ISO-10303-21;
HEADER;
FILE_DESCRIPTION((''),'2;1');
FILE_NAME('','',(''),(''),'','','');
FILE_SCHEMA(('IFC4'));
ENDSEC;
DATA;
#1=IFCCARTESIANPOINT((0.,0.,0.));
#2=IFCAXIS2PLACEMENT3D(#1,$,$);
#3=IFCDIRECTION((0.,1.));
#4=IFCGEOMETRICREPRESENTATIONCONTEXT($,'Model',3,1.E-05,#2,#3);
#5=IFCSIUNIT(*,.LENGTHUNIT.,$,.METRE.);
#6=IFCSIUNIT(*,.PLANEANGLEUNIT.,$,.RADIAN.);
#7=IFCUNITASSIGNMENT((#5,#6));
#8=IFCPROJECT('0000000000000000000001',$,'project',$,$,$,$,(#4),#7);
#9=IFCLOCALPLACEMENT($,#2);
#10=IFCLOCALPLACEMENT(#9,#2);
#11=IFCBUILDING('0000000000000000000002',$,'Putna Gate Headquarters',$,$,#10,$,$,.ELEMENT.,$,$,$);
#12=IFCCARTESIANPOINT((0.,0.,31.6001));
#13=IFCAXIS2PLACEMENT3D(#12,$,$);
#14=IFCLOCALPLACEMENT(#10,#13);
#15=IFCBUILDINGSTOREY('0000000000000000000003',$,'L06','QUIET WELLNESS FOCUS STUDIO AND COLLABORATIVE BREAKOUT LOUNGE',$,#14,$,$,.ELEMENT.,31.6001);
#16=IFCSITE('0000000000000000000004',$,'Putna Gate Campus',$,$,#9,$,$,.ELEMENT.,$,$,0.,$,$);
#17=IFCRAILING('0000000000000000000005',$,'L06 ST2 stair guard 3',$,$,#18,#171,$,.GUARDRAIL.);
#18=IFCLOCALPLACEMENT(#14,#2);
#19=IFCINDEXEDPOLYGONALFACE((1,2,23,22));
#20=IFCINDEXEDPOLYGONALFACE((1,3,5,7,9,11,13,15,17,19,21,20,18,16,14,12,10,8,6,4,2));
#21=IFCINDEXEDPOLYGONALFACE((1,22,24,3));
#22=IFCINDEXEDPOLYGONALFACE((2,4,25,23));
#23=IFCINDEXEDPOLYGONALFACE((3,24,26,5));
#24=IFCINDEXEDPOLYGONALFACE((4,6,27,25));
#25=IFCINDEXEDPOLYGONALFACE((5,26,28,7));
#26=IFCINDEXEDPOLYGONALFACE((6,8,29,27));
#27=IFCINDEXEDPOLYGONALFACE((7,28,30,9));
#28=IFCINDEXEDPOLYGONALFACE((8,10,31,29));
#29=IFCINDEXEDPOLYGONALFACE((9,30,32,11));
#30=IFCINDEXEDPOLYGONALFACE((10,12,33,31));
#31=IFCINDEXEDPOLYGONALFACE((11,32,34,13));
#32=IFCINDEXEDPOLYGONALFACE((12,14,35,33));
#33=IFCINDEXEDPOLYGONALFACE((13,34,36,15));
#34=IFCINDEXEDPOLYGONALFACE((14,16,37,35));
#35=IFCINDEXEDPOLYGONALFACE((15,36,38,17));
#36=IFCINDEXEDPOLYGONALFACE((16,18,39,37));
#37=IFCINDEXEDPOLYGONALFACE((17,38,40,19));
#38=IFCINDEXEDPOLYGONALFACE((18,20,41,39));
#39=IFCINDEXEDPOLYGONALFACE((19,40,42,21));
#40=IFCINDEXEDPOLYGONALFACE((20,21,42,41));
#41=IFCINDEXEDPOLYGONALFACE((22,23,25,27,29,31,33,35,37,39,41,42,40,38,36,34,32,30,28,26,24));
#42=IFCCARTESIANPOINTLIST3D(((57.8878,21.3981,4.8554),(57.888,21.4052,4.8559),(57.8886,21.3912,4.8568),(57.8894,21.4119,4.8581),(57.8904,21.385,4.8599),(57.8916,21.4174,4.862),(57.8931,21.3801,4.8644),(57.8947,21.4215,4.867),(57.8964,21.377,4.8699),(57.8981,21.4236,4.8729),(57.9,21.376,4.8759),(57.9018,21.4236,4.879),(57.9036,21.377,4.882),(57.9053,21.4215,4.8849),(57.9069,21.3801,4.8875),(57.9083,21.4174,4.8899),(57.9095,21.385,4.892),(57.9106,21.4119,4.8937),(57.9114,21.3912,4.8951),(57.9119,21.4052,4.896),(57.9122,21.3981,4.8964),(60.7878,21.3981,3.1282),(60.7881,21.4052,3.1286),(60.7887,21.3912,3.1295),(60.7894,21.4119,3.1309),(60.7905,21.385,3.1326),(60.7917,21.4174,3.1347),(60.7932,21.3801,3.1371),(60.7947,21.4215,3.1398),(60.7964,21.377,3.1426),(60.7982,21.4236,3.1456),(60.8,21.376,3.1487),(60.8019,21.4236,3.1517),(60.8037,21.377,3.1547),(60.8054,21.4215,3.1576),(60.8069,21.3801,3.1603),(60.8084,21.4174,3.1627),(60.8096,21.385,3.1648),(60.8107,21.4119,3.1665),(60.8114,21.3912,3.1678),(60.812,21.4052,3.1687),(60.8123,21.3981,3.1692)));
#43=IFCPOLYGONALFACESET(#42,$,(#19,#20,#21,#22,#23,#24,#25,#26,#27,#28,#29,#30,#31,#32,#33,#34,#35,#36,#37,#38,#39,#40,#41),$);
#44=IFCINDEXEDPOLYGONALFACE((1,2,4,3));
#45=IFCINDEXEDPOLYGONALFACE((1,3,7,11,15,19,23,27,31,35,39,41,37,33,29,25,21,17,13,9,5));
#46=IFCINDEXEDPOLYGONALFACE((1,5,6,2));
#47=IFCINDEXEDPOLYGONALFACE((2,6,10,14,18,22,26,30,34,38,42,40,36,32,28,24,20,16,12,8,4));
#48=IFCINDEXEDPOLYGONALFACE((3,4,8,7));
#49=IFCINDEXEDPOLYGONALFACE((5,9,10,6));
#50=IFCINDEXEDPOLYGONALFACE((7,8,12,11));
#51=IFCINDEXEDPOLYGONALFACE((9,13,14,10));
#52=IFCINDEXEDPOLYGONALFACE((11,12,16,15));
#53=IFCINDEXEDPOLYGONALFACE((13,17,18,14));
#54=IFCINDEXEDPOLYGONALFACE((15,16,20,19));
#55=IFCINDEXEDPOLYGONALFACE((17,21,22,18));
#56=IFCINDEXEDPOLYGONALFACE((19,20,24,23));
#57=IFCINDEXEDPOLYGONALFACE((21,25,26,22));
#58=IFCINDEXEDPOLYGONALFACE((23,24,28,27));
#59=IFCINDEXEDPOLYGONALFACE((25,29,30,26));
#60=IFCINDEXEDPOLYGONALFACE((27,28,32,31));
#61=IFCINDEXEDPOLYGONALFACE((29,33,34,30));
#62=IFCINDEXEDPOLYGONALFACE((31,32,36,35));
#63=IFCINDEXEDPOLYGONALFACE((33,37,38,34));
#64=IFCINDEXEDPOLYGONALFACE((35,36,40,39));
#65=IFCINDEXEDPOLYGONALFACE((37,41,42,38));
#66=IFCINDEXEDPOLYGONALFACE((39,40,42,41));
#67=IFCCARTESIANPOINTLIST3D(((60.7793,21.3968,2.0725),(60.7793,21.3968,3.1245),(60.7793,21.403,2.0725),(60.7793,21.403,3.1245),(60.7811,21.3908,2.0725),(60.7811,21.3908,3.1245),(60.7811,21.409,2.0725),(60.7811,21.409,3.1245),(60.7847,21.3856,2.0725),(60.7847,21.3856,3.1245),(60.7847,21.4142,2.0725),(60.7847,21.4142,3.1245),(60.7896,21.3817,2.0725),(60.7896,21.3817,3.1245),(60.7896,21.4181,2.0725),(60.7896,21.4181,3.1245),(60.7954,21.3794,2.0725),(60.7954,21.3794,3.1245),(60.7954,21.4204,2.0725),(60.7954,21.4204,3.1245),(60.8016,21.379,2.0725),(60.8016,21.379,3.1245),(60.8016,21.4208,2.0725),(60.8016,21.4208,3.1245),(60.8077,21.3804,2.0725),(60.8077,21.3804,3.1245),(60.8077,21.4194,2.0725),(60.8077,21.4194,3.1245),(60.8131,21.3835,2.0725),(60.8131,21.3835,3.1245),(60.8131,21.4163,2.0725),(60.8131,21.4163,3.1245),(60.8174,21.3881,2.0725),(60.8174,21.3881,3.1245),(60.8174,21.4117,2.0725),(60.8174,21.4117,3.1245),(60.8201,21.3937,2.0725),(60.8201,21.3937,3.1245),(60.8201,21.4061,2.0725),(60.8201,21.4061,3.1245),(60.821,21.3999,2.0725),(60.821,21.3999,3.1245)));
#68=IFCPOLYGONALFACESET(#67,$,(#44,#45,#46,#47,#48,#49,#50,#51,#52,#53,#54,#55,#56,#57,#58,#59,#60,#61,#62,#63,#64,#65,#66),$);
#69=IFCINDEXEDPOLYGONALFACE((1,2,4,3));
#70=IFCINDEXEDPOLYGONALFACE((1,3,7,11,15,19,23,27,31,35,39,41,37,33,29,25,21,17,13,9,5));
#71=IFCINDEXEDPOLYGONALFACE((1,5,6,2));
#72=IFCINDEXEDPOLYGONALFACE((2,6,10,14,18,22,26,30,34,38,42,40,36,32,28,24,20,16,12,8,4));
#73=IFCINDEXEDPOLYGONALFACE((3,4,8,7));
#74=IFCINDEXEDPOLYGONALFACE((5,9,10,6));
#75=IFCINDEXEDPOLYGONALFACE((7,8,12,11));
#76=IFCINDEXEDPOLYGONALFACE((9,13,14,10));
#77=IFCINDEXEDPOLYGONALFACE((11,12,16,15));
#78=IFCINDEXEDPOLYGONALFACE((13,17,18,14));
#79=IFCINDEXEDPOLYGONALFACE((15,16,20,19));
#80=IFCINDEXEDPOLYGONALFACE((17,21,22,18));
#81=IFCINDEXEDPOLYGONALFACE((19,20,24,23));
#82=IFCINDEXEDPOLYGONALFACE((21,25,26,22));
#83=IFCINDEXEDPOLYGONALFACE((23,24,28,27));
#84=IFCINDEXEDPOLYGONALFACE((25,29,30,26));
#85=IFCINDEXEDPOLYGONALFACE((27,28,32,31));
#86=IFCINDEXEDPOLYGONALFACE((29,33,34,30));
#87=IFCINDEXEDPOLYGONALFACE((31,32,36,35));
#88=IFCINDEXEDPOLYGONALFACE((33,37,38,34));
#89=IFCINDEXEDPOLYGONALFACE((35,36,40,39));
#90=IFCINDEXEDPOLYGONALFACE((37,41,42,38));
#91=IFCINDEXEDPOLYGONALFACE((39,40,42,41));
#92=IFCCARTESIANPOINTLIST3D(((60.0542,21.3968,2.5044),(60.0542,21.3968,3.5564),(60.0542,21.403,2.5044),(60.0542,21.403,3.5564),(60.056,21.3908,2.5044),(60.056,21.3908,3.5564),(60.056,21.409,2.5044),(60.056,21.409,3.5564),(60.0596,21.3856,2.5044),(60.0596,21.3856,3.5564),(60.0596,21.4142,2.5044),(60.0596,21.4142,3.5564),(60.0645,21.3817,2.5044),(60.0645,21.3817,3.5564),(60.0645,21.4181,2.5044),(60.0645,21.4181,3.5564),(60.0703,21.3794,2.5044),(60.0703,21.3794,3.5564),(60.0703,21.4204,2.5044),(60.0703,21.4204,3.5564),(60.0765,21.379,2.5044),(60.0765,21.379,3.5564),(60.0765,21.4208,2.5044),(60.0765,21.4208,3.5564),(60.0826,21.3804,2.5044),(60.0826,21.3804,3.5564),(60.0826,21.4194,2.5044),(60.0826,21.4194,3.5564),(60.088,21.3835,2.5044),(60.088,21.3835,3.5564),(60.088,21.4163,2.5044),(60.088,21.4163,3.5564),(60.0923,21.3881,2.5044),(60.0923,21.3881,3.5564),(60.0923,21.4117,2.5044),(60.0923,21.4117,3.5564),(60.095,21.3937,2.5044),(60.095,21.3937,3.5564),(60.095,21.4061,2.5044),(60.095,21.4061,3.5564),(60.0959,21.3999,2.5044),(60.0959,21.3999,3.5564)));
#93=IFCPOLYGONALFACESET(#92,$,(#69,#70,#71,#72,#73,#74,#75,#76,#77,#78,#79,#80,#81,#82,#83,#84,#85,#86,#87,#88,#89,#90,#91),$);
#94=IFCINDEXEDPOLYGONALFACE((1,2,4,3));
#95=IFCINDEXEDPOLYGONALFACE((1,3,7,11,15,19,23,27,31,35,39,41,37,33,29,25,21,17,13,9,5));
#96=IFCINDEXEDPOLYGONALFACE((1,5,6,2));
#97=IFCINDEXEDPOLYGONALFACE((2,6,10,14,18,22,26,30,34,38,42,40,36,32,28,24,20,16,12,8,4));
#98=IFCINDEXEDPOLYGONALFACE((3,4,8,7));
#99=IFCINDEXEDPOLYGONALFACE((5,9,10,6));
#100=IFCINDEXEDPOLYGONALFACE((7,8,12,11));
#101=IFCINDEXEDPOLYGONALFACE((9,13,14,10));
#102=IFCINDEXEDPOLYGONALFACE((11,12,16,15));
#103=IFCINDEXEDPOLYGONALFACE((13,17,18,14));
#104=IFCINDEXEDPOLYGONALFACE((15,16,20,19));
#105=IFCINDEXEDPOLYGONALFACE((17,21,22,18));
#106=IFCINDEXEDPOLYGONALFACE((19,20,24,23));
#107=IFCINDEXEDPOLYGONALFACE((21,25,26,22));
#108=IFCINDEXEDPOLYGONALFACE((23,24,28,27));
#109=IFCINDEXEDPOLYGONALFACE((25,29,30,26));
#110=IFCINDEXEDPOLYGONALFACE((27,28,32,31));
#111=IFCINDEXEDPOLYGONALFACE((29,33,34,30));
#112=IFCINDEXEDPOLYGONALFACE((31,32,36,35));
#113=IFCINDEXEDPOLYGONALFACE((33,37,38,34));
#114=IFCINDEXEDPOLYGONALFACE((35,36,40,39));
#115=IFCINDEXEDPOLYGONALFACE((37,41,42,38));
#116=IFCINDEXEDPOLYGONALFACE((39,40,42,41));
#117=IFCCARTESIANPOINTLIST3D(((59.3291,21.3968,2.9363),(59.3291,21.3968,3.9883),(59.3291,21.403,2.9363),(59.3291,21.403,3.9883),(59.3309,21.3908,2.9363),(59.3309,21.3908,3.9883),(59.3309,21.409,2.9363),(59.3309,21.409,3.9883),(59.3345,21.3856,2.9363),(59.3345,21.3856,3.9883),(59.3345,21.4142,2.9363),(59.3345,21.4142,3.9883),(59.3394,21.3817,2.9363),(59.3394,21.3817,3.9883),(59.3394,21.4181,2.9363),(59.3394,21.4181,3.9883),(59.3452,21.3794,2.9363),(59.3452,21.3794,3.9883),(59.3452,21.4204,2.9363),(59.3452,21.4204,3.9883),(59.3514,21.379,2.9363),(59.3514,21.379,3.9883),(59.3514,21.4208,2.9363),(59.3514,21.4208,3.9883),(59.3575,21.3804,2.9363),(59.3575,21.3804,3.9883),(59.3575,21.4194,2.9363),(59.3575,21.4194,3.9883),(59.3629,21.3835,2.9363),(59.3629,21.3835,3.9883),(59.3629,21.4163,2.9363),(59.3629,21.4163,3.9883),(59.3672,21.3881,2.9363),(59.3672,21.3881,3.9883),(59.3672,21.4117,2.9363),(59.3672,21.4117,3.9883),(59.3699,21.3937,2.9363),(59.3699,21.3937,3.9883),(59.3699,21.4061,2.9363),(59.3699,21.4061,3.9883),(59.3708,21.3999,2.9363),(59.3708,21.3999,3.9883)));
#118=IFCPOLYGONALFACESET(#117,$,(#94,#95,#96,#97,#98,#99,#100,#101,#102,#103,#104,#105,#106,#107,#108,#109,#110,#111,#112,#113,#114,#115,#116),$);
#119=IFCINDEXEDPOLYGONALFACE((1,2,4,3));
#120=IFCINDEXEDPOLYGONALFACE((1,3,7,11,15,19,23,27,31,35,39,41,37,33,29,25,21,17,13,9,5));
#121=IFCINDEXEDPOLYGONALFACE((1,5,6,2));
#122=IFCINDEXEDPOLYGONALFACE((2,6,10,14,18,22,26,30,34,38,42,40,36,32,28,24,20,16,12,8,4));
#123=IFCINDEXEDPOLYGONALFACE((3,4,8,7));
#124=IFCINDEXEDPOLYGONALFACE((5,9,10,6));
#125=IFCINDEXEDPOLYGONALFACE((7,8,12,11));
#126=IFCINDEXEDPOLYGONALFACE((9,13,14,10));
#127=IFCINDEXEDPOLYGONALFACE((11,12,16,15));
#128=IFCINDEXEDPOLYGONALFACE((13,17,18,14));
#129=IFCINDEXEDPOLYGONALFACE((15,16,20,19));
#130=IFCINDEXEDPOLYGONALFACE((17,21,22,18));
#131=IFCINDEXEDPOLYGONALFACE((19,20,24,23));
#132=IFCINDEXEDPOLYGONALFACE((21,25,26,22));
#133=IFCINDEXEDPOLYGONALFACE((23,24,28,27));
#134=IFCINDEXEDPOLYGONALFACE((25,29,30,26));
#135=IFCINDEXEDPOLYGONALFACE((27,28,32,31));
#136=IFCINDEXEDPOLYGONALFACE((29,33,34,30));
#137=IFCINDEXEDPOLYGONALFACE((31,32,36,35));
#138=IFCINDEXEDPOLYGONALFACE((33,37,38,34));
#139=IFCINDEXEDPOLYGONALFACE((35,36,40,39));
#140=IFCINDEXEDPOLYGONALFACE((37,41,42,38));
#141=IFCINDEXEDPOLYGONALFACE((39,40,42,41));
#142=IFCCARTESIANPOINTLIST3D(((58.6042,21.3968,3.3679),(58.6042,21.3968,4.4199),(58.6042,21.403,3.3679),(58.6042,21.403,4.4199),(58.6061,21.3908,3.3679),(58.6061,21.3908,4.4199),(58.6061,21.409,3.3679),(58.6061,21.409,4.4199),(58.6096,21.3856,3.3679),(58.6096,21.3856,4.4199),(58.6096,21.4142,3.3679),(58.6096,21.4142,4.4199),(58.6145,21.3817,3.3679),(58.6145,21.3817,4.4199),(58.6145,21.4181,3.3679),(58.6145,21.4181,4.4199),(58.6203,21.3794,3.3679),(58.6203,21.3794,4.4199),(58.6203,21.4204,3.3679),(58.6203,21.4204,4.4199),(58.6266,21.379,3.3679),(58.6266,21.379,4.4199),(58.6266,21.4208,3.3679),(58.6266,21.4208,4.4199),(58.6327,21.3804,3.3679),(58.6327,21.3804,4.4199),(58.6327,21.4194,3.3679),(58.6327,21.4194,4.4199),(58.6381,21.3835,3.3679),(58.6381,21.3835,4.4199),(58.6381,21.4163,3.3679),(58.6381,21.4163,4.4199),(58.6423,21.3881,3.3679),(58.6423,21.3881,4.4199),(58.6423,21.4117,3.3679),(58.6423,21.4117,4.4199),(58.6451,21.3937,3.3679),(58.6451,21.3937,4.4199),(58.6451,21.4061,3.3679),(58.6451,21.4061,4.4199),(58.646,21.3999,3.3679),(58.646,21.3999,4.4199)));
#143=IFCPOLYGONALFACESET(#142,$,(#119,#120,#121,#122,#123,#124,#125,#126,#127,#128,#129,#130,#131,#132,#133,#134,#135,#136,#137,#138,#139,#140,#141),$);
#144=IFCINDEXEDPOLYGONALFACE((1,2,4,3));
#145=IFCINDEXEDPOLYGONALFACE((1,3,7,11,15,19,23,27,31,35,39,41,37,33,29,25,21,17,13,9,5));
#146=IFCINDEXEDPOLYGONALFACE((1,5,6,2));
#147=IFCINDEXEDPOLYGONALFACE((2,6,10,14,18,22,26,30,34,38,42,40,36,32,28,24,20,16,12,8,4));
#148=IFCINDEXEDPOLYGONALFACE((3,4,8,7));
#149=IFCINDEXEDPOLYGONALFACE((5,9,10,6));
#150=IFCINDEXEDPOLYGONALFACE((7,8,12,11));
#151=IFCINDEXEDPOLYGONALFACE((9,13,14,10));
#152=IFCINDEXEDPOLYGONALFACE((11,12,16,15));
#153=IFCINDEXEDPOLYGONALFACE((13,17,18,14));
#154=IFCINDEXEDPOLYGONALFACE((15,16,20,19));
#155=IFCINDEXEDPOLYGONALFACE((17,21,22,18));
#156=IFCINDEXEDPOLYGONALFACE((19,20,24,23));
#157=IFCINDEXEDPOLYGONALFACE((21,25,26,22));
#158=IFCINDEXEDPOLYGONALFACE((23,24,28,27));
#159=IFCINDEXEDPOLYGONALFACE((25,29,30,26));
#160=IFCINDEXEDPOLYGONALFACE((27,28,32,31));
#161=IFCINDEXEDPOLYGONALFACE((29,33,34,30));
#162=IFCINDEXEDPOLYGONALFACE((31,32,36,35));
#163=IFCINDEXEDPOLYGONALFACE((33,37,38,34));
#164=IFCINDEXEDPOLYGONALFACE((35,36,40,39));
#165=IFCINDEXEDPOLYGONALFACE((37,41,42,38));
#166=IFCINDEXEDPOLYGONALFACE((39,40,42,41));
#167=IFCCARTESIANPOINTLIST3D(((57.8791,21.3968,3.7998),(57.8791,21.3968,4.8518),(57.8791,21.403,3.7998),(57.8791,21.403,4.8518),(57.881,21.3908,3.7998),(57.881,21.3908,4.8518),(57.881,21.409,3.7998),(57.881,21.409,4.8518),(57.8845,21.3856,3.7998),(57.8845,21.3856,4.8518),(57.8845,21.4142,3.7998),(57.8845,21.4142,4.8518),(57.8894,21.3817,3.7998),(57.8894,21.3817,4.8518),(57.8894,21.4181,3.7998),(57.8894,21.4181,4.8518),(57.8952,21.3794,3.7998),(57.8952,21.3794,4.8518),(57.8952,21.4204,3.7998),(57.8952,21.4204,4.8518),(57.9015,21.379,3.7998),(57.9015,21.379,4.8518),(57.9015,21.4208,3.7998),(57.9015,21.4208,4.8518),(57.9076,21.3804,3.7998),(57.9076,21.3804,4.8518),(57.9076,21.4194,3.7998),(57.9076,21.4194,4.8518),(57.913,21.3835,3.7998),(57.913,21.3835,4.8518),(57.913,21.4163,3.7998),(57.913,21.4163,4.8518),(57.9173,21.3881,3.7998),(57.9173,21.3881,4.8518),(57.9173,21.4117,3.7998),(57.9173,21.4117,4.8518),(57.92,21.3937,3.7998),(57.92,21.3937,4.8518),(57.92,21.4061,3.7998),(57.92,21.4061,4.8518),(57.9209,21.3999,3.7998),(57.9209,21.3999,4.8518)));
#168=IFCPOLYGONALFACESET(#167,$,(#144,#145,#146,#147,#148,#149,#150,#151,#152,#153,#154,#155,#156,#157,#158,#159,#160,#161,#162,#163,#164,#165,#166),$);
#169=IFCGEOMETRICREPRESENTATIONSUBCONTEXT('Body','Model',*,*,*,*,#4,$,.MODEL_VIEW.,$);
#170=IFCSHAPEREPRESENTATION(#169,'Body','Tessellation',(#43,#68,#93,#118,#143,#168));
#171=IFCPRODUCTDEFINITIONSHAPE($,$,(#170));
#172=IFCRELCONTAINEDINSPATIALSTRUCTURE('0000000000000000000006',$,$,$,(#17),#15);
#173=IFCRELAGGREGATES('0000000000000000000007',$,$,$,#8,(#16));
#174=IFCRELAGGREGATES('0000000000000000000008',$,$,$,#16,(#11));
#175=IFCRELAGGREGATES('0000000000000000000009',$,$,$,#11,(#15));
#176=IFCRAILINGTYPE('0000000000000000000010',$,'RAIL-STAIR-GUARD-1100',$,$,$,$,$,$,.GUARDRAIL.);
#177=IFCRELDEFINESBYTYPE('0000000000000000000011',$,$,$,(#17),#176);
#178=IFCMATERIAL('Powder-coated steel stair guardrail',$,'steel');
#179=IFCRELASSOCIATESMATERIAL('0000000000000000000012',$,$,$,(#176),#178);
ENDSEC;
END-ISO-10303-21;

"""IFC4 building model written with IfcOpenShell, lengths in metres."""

from ifc_helpers import new_model, si_unit, direction, frame, origin, origin_2d, place, context, subcontext, project, spatial, circle, extrude, material, type_object, element, save


model = new_model("IFC4")

# Units and contexts
model_context = context("Model", 3, precision=1e-05, world=origin(), true_north=direction((0.0, 1.0)))
body_context = subcontext(model_context, "Body", "Model", "MODEL_VIEW")
ifc_project = project(units=[si_unit("LENGTHUNIT", "METRE"), si_unit("PLANEANGLEUNIT", "RADIAN")], contexts=[model_context])

# Site, building, storey
site_placement = place(None, origin())
site = spatial("IfcSite", under=ifc_project, at=site_placement, Name="Putna Gate Campus", CompositionType="ELEMENT", RefElevation=0.0)
building_placement = place(site_placement, origin())
building = spatial("IfcBuilding", under=site, at=building_placement, Name="Putna Gate Headquarters", CompositionType="ELEMENT")
storey_placement = place(building_placement, frame((0.0, 0.0, 31.6001)))
storey = spatial("IfcBuildingStorey", under=building, at=storey_placement, Name="L06", Description="QUIET WELLNESS FOCUS STUDIO AND COLLABORATIVE BREAKOUT LOUNGE", CompositionType="ELEMENT", Elevation=31.6001)

# Railing
ifc_material_1 = material(Name="Powder-coated steel stair guardrail", Category="steel")
railing_type = type_object("IfcRailingType", Name="RAIL-STAIR-GUARD-1100", PredefinedType="GUARDRAIL", material=ifc_material_1)
railing_1_placement = place(storey_placement, frame((60.8, 21.3999, 2.0725)))
element("IfcRailing", 1, at=railing_1_placement, inside=storey, type_object=railing_type, Name="L06 ST2 stair guard 3", PredefinedType="GUARDRAIL", context=body_context, shape_type="SweptSolid", body=[
    extrude(circle(Radius=0.0239, at=origin_2d()), frame((0.0, 0.0, 1.0762), z_axis=(-0.85916, 0.0, 0.511706), x_axis=(0.0, -1.0, 0.0)), (0.0, 0.0, 1.0), 3.3755),
    extrude(circle(Radius=0.021, at=origin_2d()), origin(), (0.0, 0.0, 1.0), 1.052),
    extrude(circle(Radius=0.021, at=origin_2d()), frame((-0.7251, 0.0, 0.4319)), (0.0, 0.0, 1.0), 1.052),
    extrude(circle(Radius=0.021, at=origin_2d()), frame((-1.4502, 0.0, 0.8638)), (0.0, 0.0, 1.0), 1.052),
    extrude(circle(Radius=0.021, at=origin_2d()), frame((-2.175, 0.0, 1.2954)), (0.0, 0.0, 1.0), 1.052),
    extrude(circle(Radius=0.021, at=origin_2d()), frame((-2.9001, 0.0, 1.7273)), (0.0, 0.0, 1.0), 1.052),
])

save(model, "model.ifc")
